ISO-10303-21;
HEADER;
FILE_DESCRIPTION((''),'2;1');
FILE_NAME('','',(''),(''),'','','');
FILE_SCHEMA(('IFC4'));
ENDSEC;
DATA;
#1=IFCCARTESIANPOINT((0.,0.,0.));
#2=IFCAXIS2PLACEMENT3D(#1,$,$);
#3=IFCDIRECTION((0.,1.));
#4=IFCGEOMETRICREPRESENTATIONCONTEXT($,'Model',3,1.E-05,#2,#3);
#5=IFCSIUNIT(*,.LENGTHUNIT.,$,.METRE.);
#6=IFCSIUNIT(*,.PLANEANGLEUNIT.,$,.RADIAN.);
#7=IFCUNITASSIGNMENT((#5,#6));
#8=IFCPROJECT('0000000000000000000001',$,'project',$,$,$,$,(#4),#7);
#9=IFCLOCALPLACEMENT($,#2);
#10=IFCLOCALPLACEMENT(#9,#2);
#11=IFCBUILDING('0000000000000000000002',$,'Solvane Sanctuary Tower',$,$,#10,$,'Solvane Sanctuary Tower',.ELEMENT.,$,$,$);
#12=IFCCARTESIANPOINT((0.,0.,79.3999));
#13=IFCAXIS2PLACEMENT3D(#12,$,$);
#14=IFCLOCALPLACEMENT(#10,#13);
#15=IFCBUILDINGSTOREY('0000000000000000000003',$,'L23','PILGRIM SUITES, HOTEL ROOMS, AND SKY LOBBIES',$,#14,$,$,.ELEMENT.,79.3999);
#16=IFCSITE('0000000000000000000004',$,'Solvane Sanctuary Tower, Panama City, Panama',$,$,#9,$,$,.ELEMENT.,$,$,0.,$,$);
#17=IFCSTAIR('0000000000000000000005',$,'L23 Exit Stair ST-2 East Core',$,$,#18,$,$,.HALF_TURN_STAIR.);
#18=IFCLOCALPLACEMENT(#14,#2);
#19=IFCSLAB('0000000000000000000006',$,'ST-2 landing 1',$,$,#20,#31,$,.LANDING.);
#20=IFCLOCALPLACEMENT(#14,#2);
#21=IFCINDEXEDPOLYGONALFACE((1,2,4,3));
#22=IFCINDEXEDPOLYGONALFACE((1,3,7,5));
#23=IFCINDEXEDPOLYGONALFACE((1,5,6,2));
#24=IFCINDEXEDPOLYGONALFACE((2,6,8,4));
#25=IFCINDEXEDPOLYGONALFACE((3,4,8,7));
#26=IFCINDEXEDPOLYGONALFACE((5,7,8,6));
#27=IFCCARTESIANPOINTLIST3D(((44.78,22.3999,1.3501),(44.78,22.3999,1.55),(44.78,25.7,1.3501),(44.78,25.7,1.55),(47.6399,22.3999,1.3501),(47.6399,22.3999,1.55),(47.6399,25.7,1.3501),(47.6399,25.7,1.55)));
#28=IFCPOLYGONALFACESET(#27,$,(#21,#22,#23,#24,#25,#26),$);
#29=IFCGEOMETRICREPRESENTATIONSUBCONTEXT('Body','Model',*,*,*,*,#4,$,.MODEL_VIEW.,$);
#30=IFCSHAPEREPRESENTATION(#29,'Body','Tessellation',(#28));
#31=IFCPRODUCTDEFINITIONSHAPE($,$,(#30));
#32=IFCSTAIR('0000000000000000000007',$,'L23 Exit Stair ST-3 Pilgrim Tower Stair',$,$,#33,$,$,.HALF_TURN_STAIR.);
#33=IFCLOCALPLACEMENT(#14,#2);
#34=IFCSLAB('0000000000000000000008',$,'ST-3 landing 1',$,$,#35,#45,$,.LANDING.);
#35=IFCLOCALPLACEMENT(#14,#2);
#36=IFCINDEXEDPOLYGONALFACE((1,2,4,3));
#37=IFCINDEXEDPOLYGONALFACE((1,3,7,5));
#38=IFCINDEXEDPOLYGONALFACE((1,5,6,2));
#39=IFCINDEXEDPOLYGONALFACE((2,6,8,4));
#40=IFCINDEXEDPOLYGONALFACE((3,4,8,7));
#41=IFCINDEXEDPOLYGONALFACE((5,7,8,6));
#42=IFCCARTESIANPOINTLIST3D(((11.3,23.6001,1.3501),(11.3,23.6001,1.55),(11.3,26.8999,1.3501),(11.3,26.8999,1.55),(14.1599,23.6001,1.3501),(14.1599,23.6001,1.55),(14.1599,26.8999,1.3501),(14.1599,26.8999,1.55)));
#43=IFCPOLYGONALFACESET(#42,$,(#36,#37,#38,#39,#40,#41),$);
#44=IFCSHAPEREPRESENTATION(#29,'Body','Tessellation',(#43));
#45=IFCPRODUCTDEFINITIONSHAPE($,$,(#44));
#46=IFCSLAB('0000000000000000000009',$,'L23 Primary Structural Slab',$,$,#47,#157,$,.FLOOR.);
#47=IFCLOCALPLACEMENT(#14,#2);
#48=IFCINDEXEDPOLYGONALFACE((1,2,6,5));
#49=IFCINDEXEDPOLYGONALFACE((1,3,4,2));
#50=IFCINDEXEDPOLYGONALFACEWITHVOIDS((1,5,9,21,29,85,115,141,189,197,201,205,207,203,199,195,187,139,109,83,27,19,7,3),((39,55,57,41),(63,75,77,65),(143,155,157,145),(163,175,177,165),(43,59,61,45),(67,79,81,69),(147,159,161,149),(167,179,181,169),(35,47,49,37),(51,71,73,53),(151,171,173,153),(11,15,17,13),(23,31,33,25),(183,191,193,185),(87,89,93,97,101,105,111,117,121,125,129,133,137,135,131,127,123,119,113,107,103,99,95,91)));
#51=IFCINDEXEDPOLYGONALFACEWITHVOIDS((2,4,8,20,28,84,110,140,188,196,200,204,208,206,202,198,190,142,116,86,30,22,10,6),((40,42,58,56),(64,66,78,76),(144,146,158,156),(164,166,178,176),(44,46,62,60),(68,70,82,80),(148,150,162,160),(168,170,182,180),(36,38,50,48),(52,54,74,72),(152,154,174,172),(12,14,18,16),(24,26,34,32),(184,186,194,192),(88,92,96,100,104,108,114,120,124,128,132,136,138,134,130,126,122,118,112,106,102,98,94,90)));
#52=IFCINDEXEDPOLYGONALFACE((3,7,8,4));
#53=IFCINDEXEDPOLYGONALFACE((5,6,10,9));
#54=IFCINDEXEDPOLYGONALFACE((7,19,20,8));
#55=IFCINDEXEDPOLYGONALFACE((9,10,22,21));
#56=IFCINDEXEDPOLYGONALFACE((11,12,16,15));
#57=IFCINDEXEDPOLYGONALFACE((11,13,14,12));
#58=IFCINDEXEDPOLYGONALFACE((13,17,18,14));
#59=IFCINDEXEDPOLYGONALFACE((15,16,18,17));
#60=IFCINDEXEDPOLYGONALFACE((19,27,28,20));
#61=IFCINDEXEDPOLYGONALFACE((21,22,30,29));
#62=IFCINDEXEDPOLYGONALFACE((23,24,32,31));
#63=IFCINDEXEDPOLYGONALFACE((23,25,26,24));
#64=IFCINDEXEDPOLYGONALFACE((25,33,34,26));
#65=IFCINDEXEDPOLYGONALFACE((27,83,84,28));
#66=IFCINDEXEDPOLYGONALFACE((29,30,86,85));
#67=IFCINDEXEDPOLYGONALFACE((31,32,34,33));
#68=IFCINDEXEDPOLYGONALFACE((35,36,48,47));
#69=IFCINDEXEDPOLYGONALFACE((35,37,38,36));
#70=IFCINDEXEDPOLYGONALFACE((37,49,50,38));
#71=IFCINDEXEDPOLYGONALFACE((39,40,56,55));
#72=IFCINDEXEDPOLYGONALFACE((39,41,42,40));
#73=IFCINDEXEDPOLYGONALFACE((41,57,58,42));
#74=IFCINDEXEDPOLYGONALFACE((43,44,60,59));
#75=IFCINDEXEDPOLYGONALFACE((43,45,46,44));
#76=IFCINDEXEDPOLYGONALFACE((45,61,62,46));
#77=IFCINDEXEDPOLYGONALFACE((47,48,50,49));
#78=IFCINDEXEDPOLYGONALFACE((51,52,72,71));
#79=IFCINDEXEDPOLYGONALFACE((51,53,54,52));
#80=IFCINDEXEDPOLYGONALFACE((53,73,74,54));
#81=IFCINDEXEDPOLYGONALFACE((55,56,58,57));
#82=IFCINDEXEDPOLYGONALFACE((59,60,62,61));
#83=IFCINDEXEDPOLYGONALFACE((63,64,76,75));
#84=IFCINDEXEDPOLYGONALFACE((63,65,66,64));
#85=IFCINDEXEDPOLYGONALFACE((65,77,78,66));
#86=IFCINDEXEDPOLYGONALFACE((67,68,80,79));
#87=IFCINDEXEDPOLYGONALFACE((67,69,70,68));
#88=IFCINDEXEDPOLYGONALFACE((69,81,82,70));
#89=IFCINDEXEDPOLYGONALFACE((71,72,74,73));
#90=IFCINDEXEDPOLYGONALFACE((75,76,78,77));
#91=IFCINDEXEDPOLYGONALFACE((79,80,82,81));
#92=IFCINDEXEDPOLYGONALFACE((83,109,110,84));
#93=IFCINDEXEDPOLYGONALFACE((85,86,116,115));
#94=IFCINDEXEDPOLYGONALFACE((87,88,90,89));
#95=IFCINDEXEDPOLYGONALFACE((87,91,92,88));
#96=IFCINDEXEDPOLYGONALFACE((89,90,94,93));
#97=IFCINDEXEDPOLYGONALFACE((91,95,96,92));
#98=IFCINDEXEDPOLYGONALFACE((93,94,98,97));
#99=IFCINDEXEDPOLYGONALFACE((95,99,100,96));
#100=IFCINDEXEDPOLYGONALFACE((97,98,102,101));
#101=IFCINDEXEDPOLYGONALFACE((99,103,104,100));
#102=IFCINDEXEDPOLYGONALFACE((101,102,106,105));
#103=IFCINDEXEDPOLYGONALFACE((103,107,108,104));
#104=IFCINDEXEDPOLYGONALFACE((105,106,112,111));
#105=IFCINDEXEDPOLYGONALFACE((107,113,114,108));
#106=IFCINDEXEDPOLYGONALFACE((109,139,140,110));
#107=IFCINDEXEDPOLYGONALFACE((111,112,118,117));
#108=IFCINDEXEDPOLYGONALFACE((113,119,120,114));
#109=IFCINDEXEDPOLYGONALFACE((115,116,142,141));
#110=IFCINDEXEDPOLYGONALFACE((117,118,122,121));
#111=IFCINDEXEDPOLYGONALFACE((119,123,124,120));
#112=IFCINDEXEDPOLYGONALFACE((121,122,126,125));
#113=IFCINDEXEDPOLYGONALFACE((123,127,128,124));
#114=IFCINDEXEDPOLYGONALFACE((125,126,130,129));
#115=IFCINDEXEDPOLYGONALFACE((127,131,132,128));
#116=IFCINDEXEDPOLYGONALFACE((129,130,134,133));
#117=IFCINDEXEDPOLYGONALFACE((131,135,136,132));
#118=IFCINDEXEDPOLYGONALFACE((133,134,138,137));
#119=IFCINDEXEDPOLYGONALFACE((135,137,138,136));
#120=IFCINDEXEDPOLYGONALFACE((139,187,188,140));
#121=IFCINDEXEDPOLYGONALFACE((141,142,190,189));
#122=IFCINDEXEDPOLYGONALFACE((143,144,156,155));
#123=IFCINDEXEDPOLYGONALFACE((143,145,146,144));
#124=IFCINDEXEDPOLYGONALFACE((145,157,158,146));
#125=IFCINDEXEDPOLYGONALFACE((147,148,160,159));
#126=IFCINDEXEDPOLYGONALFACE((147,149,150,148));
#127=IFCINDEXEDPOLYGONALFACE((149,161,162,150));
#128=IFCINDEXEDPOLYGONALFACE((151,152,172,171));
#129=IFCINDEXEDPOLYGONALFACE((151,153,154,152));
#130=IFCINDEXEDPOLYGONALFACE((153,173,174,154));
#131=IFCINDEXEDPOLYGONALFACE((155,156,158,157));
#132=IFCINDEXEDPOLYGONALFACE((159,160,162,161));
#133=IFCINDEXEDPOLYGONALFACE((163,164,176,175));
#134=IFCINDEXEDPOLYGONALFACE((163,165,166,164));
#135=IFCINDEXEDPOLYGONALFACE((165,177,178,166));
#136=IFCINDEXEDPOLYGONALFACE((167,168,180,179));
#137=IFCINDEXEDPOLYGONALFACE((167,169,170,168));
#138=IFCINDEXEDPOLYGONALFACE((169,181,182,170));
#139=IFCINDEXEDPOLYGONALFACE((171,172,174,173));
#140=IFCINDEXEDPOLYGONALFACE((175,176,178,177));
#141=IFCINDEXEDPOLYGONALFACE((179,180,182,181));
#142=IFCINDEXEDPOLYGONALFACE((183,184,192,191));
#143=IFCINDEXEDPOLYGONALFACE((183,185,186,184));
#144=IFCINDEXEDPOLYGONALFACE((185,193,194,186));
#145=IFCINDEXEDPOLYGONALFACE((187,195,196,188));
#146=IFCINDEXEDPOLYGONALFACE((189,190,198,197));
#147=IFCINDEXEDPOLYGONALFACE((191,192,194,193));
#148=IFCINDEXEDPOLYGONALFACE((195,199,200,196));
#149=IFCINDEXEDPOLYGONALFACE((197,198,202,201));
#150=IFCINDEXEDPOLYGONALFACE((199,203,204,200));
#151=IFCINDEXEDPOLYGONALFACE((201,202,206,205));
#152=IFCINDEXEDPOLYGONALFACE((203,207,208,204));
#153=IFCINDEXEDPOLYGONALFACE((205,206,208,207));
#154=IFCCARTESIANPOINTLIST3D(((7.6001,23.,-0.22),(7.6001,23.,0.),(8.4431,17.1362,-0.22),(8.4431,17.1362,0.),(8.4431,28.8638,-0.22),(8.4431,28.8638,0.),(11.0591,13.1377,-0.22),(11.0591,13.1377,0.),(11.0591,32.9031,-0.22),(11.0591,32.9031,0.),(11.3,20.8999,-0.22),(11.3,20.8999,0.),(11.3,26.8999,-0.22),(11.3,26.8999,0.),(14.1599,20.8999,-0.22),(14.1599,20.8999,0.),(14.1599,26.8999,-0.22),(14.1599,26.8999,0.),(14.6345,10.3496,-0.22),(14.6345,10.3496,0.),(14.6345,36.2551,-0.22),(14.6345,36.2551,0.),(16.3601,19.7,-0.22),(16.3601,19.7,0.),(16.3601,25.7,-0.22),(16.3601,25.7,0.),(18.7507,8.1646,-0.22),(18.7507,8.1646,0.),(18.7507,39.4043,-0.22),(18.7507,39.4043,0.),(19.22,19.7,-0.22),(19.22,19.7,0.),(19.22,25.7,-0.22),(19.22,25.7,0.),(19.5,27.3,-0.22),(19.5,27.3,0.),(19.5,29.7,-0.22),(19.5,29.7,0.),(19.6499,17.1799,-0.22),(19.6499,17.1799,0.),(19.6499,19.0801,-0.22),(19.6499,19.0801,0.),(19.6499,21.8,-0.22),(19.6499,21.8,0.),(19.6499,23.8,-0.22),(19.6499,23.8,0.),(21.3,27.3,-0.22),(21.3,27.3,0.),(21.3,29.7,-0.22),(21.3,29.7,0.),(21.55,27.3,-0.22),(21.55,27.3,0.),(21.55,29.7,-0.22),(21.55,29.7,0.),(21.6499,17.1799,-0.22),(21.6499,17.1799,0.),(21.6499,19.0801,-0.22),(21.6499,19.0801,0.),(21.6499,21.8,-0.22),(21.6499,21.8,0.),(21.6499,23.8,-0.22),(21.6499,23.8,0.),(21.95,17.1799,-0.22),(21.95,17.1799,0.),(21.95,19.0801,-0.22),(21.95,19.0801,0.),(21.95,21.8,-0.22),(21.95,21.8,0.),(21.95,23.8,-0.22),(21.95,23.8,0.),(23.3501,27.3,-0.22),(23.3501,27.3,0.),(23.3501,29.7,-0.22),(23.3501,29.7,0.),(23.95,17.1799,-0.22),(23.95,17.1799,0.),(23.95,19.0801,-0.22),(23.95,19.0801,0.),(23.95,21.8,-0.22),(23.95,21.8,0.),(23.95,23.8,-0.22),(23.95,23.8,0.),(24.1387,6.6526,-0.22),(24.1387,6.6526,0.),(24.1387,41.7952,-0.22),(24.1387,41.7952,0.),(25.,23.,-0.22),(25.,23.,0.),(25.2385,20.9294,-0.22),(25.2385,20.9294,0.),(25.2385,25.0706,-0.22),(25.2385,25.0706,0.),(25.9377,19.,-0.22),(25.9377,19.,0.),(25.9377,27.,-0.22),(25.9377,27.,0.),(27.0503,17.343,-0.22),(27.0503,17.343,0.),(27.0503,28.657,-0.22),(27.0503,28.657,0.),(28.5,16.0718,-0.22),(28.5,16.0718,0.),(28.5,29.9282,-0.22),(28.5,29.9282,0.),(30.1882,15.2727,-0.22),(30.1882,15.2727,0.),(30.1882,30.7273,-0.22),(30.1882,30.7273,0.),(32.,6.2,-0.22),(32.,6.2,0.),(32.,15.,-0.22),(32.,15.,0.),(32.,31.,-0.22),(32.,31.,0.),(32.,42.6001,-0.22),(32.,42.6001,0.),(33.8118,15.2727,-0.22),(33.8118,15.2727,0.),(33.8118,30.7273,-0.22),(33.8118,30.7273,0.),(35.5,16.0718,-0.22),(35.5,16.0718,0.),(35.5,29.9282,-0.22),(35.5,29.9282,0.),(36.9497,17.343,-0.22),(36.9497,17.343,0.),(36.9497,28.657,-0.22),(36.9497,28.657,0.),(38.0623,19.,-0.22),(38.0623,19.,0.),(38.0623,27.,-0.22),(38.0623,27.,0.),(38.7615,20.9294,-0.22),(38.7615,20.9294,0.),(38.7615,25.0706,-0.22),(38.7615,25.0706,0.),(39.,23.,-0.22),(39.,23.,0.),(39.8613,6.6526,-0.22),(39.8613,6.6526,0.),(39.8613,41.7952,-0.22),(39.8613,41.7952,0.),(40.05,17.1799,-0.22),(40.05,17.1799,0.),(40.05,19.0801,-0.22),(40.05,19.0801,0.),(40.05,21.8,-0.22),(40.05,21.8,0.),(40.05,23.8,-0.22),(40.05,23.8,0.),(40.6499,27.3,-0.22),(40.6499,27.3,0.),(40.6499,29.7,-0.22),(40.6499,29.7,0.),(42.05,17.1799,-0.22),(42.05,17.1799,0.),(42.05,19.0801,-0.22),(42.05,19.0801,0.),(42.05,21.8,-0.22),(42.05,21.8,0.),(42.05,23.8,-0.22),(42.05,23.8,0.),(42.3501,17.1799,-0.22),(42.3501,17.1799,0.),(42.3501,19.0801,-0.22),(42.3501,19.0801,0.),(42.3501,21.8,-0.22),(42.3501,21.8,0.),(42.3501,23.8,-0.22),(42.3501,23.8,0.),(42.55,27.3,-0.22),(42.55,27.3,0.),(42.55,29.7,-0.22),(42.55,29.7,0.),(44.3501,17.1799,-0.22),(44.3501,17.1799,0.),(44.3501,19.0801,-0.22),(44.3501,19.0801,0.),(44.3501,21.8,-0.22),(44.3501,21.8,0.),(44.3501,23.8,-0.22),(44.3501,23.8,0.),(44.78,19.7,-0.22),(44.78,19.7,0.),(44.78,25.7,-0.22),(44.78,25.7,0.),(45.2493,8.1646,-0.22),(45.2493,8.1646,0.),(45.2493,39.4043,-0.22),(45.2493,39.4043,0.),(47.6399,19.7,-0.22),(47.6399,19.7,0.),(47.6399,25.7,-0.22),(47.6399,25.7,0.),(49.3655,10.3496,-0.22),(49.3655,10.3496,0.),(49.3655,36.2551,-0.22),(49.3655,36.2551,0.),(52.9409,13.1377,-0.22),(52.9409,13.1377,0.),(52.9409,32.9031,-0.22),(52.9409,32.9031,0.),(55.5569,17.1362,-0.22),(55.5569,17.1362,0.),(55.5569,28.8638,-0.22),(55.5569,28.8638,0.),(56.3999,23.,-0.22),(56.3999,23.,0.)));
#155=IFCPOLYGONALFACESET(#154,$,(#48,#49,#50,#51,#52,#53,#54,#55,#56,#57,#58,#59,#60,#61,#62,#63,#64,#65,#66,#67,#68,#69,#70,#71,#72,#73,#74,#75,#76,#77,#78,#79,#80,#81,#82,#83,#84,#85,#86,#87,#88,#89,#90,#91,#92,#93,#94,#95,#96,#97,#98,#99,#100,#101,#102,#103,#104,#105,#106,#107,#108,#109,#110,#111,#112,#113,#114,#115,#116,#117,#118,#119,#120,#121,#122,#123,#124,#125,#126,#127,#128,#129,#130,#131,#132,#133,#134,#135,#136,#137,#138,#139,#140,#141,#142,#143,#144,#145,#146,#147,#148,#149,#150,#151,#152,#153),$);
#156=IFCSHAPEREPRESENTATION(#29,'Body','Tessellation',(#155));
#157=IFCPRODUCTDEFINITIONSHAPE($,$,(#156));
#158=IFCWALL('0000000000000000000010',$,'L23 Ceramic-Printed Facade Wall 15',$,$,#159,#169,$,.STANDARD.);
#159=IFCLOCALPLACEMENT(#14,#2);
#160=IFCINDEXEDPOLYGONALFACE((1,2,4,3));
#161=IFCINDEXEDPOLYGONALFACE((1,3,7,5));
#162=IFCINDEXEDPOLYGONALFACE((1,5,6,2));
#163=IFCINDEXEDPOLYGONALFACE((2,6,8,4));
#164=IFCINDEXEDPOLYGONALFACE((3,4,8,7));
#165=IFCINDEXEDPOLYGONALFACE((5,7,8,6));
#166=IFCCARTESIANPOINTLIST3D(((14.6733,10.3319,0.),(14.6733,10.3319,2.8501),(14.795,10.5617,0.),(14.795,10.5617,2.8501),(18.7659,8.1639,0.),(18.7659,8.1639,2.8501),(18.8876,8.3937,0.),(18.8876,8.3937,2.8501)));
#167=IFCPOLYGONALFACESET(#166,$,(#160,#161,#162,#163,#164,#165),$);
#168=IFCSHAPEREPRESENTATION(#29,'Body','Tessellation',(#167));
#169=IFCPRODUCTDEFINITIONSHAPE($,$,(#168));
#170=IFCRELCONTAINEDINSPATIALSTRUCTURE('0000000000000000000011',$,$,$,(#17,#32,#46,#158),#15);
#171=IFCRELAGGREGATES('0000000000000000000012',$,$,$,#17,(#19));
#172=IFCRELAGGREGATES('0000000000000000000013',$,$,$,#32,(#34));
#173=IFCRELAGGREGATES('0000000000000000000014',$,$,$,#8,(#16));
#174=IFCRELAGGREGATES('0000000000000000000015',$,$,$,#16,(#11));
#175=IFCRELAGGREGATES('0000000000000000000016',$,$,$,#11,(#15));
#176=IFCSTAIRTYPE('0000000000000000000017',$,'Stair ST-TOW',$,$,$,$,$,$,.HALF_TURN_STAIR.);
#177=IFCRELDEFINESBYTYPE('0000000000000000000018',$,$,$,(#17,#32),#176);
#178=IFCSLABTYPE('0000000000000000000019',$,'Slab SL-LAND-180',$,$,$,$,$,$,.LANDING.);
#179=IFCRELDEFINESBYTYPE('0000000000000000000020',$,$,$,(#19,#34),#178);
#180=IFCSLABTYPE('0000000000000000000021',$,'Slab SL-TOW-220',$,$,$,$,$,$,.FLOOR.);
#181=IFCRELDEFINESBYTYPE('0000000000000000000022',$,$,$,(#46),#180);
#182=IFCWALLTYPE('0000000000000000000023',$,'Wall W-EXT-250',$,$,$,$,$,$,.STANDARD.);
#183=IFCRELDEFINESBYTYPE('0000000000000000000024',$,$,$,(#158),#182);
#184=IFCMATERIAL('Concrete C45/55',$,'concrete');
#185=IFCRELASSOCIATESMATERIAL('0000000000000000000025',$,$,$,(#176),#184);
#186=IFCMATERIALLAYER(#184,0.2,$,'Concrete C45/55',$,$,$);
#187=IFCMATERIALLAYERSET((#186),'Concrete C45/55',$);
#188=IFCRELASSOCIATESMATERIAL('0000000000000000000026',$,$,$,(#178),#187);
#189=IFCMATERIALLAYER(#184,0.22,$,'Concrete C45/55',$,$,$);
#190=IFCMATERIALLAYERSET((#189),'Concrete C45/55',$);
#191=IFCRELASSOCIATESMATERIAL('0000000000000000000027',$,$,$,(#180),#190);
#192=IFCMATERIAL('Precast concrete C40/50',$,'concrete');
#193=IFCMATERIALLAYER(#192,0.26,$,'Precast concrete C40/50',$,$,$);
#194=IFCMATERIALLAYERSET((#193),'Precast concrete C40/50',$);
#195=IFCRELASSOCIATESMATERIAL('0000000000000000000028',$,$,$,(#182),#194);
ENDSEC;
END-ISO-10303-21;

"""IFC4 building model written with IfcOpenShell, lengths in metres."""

from ifc_helpers import new_model, si_unit, direction, frame, frame_2d, origin, place, context, subcontext, project, spatial, polyline, rectangle, outline, extrude, material, layer, layer_set, type_object, element, aggregate, save


model = new_model("IFC4")

# Units and contexts
model_context = context("Model", 3, precision=1e-05, world=origin(), true_north=direction((0.0, 1.0)))
body_context = subcontext(model_context, "Body", "Model", "MODEL_VIEW")
ifc_project = project(units=[si_unit("LENGTHUNIT", "METRE"), si_unit("PLANEANGLEUNIT", "RADIAN")], contexts=[model_context])

# Site, building, storey
site_placement = place(None, origin())
site = spatial("IfcSite", under=ifc_project, at=site_placement, Name="Solvane Sanctuary Tower, Panama City, Panama", CompositionType="ELEMENT", RefElevation=0.0)
building_placement = place(site_placement, origin())
building = spatial("IfcBuilding", under=site, at=building_placement, Name="Solvane Sanctuary Tower", LongName="Solvane Sanctuary Tower", CompositionType="ELEMENT")
storey_placement = place(building_placement, frame((0.0, 0.0, 79.3999)))
storey = spatial("IfcBuildingStorey", under=building, at=storey_placement, Name="L23", Description="PILGRIM SUITES, HOTEL ROOMS, AND SKY LOBBIES", CompositionType="ELEMENT", Elevation=79.3999)

# Shared definitions
ifc_material_1 = material(Name="Precast concrete C40/50", Category="concrete")

# Stairs, slabs
ifc_material_2 = material(Name="Concrete C45/55", Category="concrete")
stair_type = type_object("IfcStairType", Name="Stair ST-TOW", PredefinedType="HALF_TURN_STAIR", material=ifc_material_2)
ifc_layer_1 = layer(ifc_material_2, 0.2, Name="Concrete C45/55")
ifc_layer_set_1 = layer_set([ifc_layer_1], Name="Concrete C45/55")
slab_type_1 = type_object("IfcSlabType", Name="Slab SL-LAND-180", PredefinedType="LANDING", material=ifc_layer_set_1)
stair_1_placement = place(storey_placement, origin())
stair_1 = element("IfcStair", 1, at=stair_1_placement, inside=storey, type_object=stair_type, Name="L23 Exit Stair ST-2 East Core", PredefinedType="HALF_TURN_STAIR")
slab_1_placement = place(storey_placement, frame((0.0, 0.0, 1.3501)))
slab_1 = element("IfcSlab", 2, at=slab_1_placement, type_object=slab_type_1, Name="ST-2 landing 1", PredefinedType="LANDING", context=body_context, shape_type="SweptSolid", body=[
    extrude(outline(polyline([(47.6399, 22.3999), (47.6399, 25.7), (44.78, 25.7), (44.78, 22.3999), (47.6399, 22.3999)])), origin(), (0.0, 0.0, 1.0), 0.2),
])
aggregate(stair_1, [slab_1])
stair_2_placement = place(storey_placement, origin())
stair_2 = element("IfcStair", 3, at=stair_2_placement, inside=storey, type_object=stair_type, Name="L23 Exit Stair ST-3 Pilgrim Tower Stair", PredefinedType="HALF_TURN_STAIR")
slab_2_placement = place(storey_placement, frame((0.0, 0.0, 1.3501)))
slab_2 = element("IfcSlab", 4, at=slab_2_placement, type_object=slab_type_1, Name="ST-3 landing 1", PredefinedType="LANDING", context=body_context, shape_type="SweptSolid", body=[
    extrude(outline(polyline([(14.1599, 23.6001), (14.1599, 26.8999), (11.3, 26.8999), (11.3, 23.6001), (14.1599, 23.6001)])), origin(), (0.0, 0.0, 1.0), 0.2),
])
aggregate(stair_2, [slab_2])

# Slab
ifc_layer_2 = layer(ifc_material_2, 0.22, Name="Concrete C45/55")
ifc_layer_set_2 = layer_set([ifc_layer_2], Name="Concrete C45/55")
slab_type_2 = type_object("IfcSlabType", Name="Slab SL-TOW-220", PredefinedType="FLOOR", material=ifc_layer_set_2)
slab_3_placement = place(storey_placement, frame((0.0, 0.0, -0.22)))
element("IfcSlab", 5, at=slab_3_placement, inside=storey, type_object=slab_type_2, Name="L23 Primary Structural Slab", PredefinedType="FLOOR", context=body_context, shape_type="SweptSolid", body=[
    extrude(outline(polyline([(56.3999, 23.0), (55.5569, 28.8638), (52.9409, 32.9031), (49.3655, 36.2551), (45.2493, 39.4043), (39.8613, 41.7952), (32.0, 42.6001), (24.1387, 41.7952), (18.7507, 39.4043), (14.6345, 36.2551), (11.0591, 32.9031), (8.4431, 28.8638), (7.6001, 23.0), (8.4431, 17.1362), (11.0591, 13.1377), (14.6345, 10.3496), (18.7507, 8.1646), (24.1387, 6.6526), (32.0, 6.2), (39.8613, 6.6526), (45.2493, 8.1646), (49.3655, 10.3496), (52.9409, 13.1377), (55.5569, 17.1362), (56.3999, 23.0)]), holes=[polyline([(38.7615, 20.9294), (38.0623, 19.0), (36.9497, 17.343), (35.5, 16.0718), (33.8118, 15.2727), (32.0, 15.0), (30.1882, 15.2727), (28.5, 16.0718), (27.0503, 17.343), (25.9377, 19.0), (25.2385, 20.9294), (25.0, 23.0), (25.2385, 25.0706), (25.9377, 27.0), (27.0503, 28.657), (28.5, 29.9282), (30.1882, 30.7273), (32.0, 31.0), (33.8118, 30.7273), (35.5, 29.9282), (36.9497, 28.657), (38.0623, 27.0), (38.7615, 25.0706), (39.0, 23.0), (38.7615, 20.9294)]), polyline([(16.3601, 19.7), (16.3601, 25.7), (19.22, 25.7), (19.22, 19.7), (16.3601, 19.7)]), polyline([(44.78, 19.7), (44.78, 25.7), (47.6399, 25.7), (47.6399, 19.7), (44.78, 19.7)]), polyline([(11.3, 20.8999), (11.3, 26.8999), (14.1599, 26.8999), (14.1599, 20.8999), (11.3, 20.8999)]), polyline([(19.6499, 19.0801), (21.6499, 19.0801), (21.6499, 17.1799), (19.6499, 17.1799), (19.6499, 19.0801)]), polyline([(21.95, 19.0801), (23.95, 19.0801), (23.95, 17.1799), (21.95, 17.1799), (21.95, 19.0801)]), polyline([(40.05, 19.0801), (42.05, 19.0801), (42.05, 17.1799), (40.05, 17.1799), (40.05, 19.0801)]), polyline([(42.3501, 19.0801), (44.3501, 19.0801), (44.3501, 17.1799), (42.3501, 17.1799), (42.3501, 19.0801)]), polyline([(19.6499, 23.8), (21.6499, 23.8), (21.6499, 21.8), (19.6499, 21.8), (19.6499, 23.8)]), polyline([(42.3501, 23.8), (44.3501, 23.8), (44.3501, 21.8), (42.3501, 21.8), (42.3501, 23.8)]), polyline([(21.95, 23.8), (23.95, 23.8), (23.95, 21.8), (21.95, 21.8), (21.95, 23.8)]), polyline([(40.05, 23.8), (42.05, 23.8), (42.05, 21.8), (40.05, 21.8), (40.05, 23.8)]), polyline([(19.5, 29.7), (21.3, 29.7), (21.3, 27.3), (19.5, 27.3), (19.5, 29.7)]), polyline([(21.55, 29.7), (23.3501, 29.7), (23.3501, 27.3), (21.55, 27.3), (21.55, 29.7)]), polyline([(40.6499, 29.7), (42.55, 29.7), (42.55, 27.3), (40.6499, 27.3), (40.6499, 29.7)])]), origin(), (0.0, 0.0, 1.0), 0.22),
])

# Wall
ifc_layer_3 = layer(ifc_material_1, 0.26, Name="Precast concrete C40/50")
ifc_layer_set_3 = layer_set([ifc_layer_3], Name="Precast concrete C40/50")
wall_type = type_object("IfcWallType", Name="Wall W-EXT-250", PredefinedType="STANDARD", material=ifc_layer_set_3)
wall_1_placement = place(storey_placement, frame((14.7341, 10.4468, 0.0), z_axis=(0.0, 0.0, 1.0), x_axis=(0.883669, -0.468113, 0.0)))
element("IfcWall", 6, at=wall_1_placement, inside=storey, type_object=wall_type, Name="L23 Ceramic-Printed Facade Wall 15", PredefinedType="STANDARD", context=body_context, shape_type="SweptSolid", body=[
    extrude(rectangle(XDim=4.6313, YDim=0.26, at=frame_2d((2.3157, 0.0))), origin(), (0.0, 0.0, 1.0), 2.8501),
])

save(model, "model.ifc")
